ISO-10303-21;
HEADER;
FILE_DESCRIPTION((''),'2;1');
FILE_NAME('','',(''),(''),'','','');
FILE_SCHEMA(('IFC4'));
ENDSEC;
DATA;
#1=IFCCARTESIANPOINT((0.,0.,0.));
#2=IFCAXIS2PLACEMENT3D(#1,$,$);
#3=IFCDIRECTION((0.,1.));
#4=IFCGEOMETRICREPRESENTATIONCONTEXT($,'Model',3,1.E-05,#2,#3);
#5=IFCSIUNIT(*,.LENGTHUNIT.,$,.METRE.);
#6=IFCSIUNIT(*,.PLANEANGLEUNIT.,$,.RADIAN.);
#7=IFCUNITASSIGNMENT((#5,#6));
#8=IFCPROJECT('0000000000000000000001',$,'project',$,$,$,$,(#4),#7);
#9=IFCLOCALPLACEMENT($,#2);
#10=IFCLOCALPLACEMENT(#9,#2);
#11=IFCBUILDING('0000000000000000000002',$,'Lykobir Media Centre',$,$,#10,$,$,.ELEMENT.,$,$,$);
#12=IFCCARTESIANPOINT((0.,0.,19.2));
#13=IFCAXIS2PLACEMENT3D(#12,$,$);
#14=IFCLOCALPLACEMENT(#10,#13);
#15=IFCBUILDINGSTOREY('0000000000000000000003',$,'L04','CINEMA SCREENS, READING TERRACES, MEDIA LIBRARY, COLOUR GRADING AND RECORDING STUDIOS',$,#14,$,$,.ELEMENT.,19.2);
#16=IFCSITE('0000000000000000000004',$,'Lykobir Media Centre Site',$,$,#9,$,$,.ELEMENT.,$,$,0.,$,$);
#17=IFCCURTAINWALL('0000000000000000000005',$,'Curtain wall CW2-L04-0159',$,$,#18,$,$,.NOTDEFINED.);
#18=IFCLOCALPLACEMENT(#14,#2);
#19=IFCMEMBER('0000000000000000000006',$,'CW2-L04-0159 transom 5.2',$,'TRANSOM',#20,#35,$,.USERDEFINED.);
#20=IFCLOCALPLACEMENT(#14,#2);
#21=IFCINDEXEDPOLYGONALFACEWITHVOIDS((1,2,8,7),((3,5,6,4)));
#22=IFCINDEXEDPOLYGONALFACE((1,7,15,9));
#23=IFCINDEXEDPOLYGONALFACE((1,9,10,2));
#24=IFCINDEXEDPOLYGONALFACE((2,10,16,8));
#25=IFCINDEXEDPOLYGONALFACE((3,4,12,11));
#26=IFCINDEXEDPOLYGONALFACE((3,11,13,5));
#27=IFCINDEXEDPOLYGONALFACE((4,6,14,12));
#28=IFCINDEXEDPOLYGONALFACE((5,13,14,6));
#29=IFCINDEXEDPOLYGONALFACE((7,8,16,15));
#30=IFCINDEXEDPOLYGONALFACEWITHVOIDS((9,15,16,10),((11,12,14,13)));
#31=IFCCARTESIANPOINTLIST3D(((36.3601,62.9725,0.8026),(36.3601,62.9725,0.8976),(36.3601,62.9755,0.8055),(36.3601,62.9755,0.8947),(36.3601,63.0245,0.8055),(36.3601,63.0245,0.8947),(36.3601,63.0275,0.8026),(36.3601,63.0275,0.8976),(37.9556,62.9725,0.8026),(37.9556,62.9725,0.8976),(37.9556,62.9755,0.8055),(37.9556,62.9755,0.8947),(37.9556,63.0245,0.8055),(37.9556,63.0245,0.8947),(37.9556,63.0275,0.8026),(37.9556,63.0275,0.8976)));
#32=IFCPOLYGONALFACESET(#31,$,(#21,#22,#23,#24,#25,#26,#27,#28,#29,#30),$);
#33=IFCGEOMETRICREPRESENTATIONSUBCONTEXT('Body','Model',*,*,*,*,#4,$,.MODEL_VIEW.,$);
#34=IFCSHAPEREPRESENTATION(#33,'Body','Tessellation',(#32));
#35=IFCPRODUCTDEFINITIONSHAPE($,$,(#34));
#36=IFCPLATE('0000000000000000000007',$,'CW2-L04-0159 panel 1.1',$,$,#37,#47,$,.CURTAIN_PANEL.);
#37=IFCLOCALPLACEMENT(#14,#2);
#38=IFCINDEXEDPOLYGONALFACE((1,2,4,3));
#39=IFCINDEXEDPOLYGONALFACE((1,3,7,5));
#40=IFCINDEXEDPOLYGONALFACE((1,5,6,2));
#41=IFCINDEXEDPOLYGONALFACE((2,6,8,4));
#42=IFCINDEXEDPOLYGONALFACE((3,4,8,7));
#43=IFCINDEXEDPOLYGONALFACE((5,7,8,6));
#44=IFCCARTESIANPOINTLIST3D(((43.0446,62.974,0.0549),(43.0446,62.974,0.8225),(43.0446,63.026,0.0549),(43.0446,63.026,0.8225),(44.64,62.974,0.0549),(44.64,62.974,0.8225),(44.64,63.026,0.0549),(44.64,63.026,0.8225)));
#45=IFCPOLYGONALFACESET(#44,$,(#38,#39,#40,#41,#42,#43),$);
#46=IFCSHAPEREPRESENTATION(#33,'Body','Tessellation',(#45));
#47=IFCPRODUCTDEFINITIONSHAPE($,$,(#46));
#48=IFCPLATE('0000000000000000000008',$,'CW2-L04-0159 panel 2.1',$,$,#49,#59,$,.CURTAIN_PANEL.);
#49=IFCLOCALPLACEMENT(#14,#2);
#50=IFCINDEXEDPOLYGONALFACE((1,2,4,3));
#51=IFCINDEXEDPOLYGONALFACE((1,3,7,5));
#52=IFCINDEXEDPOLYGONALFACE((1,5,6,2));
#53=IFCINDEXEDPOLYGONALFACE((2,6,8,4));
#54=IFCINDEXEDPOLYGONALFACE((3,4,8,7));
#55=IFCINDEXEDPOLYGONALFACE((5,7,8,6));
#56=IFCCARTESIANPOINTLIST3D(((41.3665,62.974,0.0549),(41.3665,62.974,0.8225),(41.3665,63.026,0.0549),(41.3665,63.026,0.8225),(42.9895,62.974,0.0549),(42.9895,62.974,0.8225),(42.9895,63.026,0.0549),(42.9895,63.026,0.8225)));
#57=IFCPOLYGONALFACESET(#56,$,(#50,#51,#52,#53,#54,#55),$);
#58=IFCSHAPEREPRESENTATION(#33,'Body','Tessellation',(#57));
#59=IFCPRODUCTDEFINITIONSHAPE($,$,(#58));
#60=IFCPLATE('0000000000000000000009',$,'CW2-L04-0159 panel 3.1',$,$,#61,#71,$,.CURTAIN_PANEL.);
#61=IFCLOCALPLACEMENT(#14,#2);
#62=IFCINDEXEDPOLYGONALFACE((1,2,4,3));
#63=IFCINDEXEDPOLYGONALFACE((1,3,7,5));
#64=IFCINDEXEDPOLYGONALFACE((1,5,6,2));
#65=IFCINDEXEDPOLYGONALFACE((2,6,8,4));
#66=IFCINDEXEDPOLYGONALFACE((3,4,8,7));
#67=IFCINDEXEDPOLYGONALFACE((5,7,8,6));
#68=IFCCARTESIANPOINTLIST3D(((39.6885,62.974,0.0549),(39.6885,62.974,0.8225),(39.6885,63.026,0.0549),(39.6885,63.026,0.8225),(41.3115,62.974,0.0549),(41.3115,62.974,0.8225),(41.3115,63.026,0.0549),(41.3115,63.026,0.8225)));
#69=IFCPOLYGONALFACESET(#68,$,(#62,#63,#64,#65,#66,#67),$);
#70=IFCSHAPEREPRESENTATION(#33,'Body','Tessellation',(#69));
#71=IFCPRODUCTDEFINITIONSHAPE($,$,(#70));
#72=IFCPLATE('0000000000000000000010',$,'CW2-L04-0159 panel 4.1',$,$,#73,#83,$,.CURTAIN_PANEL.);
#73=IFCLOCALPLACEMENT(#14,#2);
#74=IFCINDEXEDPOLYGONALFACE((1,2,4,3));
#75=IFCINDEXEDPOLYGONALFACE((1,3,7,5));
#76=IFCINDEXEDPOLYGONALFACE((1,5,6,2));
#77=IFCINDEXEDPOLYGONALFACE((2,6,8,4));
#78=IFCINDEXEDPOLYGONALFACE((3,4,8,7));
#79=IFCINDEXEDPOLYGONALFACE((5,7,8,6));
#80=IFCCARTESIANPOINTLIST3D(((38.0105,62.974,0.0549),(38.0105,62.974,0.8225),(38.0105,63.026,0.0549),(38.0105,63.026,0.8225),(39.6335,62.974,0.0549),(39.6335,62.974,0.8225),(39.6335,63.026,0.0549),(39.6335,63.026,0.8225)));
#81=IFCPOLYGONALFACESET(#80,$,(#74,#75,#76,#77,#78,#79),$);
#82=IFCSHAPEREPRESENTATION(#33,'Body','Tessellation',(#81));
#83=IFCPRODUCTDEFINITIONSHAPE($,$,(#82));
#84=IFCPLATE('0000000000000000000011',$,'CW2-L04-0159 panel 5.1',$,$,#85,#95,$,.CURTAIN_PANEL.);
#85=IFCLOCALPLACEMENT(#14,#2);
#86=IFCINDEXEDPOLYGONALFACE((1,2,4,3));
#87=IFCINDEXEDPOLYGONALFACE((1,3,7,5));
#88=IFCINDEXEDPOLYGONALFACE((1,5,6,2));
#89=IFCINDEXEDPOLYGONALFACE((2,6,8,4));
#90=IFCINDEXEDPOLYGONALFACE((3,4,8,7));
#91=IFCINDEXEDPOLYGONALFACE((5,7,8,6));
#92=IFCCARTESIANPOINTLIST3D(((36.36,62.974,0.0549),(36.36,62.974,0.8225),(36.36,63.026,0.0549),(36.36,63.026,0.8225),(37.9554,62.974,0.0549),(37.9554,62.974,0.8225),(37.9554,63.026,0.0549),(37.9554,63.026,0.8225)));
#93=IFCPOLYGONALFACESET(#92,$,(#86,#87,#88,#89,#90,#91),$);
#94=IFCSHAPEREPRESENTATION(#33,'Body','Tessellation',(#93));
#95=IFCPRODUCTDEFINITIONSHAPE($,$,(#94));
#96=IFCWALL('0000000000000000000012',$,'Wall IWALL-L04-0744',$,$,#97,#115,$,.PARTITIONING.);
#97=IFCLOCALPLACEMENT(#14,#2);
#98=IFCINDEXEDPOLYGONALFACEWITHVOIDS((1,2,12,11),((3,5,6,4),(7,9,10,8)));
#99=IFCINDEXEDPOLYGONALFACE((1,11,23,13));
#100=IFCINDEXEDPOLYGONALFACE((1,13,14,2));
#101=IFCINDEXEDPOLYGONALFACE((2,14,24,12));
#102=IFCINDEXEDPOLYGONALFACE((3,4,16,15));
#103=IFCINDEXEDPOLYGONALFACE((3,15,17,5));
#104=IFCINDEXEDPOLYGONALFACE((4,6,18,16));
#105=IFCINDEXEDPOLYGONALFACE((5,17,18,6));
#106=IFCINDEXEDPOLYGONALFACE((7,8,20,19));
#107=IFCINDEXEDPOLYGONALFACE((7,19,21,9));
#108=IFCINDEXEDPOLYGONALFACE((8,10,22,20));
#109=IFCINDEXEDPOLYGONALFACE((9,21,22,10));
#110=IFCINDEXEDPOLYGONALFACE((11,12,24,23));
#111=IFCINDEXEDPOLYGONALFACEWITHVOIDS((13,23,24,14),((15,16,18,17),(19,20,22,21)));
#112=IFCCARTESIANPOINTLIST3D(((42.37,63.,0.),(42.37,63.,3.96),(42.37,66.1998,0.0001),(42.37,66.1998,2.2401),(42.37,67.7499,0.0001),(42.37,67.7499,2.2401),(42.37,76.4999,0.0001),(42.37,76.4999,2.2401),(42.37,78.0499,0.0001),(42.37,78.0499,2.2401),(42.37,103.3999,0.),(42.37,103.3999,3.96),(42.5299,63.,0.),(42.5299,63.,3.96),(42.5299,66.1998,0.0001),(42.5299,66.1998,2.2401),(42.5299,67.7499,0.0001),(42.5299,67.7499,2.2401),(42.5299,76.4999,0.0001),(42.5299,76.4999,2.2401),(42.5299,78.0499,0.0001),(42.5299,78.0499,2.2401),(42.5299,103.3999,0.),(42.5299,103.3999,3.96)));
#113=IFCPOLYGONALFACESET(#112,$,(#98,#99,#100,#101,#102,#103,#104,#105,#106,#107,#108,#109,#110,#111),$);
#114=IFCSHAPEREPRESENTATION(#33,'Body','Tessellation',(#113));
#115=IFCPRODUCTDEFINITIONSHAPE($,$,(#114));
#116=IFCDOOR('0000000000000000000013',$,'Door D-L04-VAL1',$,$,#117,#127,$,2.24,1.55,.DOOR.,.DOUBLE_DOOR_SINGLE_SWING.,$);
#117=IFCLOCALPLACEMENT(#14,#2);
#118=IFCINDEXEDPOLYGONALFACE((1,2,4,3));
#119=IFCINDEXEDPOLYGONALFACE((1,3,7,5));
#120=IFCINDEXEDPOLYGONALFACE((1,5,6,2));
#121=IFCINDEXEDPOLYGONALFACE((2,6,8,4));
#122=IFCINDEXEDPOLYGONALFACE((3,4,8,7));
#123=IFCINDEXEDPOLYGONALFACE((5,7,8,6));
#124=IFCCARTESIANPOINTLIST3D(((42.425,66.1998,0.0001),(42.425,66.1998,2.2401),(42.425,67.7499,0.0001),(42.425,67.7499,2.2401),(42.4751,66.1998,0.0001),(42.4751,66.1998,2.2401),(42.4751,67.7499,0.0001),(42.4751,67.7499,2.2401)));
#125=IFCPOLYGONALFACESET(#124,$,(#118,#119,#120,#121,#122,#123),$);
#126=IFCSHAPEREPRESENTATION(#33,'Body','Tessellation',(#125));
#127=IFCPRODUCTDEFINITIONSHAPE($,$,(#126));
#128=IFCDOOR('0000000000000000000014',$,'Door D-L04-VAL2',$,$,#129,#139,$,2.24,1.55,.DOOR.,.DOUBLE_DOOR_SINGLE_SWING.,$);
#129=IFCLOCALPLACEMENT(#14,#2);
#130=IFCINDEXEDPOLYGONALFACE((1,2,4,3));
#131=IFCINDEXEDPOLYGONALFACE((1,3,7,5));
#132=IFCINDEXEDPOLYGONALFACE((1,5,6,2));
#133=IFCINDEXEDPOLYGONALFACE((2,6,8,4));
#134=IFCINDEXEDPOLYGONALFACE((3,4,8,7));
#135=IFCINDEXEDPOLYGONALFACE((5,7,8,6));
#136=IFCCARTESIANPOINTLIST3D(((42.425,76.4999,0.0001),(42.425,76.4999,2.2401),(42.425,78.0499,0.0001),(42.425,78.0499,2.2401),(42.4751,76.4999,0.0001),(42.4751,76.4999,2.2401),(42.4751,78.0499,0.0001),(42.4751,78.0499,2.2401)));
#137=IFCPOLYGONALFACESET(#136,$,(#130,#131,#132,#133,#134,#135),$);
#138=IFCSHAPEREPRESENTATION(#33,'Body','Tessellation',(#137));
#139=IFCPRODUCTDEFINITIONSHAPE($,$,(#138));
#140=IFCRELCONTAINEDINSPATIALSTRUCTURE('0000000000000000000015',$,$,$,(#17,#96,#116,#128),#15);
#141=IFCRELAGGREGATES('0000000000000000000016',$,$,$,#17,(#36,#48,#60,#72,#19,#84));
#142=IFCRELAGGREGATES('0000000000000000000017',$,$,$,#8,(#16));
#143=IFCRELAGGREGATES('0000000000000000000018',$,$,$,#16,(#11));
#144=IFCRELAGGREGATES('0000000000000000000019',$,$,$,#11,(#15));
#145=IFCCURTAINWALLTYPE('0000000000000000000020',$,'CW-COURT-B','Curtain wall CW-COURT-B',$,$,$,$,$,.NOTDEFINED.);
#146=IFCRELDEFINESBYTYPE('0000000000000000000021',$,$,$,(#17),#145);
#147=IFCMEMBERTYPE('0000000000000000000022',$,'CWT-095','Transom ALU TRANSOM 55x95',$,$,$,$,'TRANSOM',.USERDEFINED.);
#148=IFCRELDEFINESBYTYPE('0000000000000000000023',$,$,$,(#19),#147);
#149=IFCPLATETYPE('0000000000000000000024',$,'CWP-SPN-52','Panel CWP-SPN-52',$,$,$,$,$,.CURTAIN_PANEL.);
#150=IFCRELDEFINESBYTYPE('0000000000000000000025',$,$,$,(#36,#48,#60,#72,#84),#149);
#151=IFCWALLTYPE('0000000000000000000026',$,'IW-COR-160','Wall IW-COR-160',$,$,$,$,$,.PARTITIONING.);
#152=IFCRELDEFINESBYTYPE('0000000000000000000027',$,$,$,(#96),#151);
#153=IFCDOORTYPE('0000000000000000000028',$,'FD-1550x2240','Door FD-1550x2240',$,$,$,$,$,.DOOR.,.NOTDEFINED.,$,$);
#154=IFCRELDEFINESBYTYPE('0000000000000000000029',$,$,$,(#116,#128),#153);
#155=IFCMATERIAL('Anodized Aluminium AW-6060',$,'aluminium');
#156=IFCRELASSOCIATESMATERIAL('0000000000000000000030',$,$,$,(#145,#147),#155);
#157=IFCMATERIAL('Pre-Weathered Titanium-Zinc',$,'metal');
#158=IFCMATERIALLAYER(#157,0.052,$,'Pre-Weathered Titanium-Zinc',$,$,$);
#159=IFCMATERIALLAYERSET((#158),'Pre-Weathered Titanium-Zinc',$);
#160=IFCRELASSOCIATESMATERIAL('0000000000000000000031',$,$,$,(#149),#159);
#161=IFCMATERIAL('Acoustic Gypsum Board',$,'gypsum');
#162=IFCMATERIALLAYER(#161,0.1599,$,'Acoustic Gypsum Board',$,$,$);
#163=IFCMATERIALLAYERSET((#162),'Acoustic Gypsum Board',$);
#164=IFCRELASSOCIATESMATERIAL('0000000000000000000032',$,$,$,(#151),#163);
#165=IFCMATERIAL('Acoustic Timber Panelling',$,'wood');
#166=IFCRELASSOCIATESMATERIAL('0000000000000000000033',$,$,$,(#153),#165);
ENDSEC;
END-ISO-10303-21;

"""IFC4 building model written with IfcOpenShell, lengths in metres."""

from ifc_helpers import new_model, si_unit, direction, frame, frame_2d, origin, origin_2d, place, context, subcontext, project, spatial, rectangle, hollow_rectangle, extrude, material, layer, layer_set, material_profile, profile_set, type_object, element, fill, aggregate, save


model = new_model("IFC4")

# Units and contexts
model_context = context("Model", 3, precision=1e-05, world=origin(), true_north=direction((0.0, 1.0)))
body_context = subcontext(model_context, "Body", "Model", "MODEL_VIEW")
ifc_project = project(units=[si_unit("LENGTHUNIT", "METRE"), si_unit("PLANEANGLEUNIT", "RADIAN")], contexts=[model_context])

# Site, building, storey
site_placement = place(None, origin())
site = spatial("IfcSite", under=ifc_project, at=site_placement, Name="Lykobir Media Centre Site", CompositionType="ELEMENT", RefElevation=0.0)
building_placement = place(site_placement, origin())
building = spatial("IfcBuilding", under=site, at=building_placement, Name="Lykobir Media Centre", CompositionType="ELEMENT")
storey_placement = place(building_placement, frame((0.0, 0.0, 19.2)))
storey = spatial("IfcBuildingStorey", under=building, at=storey_placement, Name="L04", Description="CINEMA SCREENS, READING TERRACES, MEDIA LIBRARY, COLOUR GRADING AND RECORDING STUDIOS", CompositionType="ELEMENT", Elevation=19.2)

# Curtain wall, member, plates
ifc_material_1 = material(Name="Anodized Aluminium AW-6060", Category="aluminium")
curtain_wall_type = type_object("IfcCurtainWallType", Name="CW-COURT-B", Description="Curtain wall CW-COURT-B", PredefinedType="NOTDEFINED", material=ifc_material_1)
curtain_wall_placement = place(storey_placement, origin())
curtain_wall = element("IfcCurtainWall", 1, at=curtain_wall_placement, inside=storey, type_object=curtain_wall_type, Name="Curtain wall CW2-L04-0159", PredefinedType="NOTDEFINED")
ifc_material_profile_1 = material_profile(ifc_material_1, hollow_rectangle(XDim=0.0549, YDim=0.095, WallThickness=0.0029, at=origin_2d()), Name="ALU TRANSOM 55x95")
ifc_profile_set_1 = profile_set([ifc_material_profile_1], Name="Anodized Aluminium AW-6060")
member_type_1 = type_object("IfcMemberType", Name="CWT-095", Description="Transom ALU TRANSOM 55x95", ElementType="TRANSOM", PredefinedType="USERDEFINED", material=ifc_profile_set_1)
member_1_placement = place(storey_placement, frame((37.9556, 63.0, 0.8501), z_axis=(-1.0, 0.0, 0.0), x_axis=(0.0, -1.0, 0.0)))
member_1 = element("IfcMember", 2, at=member_1_placement, type_object=member_type_1, Name="CW2-L04-0159 transom 5.2", ObjectType="TRANSOM", PredefinedType="USERDEFINED", context=body_context, shape_type="SweptSolid", body=[
    extrude(hollow_rectangle(XDim=0.0549, YDim=0.095, WallThickness=0.0029, at=origin_2d()), origin(), (0.0, 0.0, 1.0), 1.5955),
])
ifc_material_2 = material(Name="Pre-Weathered Titanium-Zinc", Category="metal")
ifc_layer_1 = layer(ifc_material_2, 0.052, Name="Pre-Weathered Titanium-Zinc")
ifc_layer_set_1 = layer_set([ifc_layer_1], Name="Pre-Weathered Titanium-Zinc")
plate_type = type_object("IfcPlateType", Name="CWP-SPN-52", Description="Panel CWP-SPN-52", PredefinedType="CURTAIN_PANEL", material=ifc_layer_set_1)
plate_1_placement = place(storey_placement, frame((43.8423, 63.0, 0.0549), z_axis=(0.0, 0.0, 1.0), x_axis=(-1.0, 0.0, 0.0)))
plate_1 = element("IfcPlate", 3, at=plate_1_placement, type_object=plate_type, Name="CW2-L04-0159 panel 1.1", PredefinedType="CURTAIN_PANEL", context=body_context, shape_type="SweptSolid", body=[
    extrude(rectangle(XDim=1.5955, YDim=0.052, at=origin_2d()), origin(), (0.0, 0.0, 1.0), 0.7676),
])
plate_2_placement = place(storey_placement, frame((42.178, 63.0, 0.0549), z_axis=(0.0, 0.0, 1.0), x_axis=(-1.0, 0.0, 0.0)))
plate_2 = element("IfcPlate", 4, at=plate_2_placement, type_object=plate_type, Name="CW2-L04-0159 panel 2.1", PredefinedType="CURTAIN_PANEL", context=body_context, shape_type="SweptSolid", body=[
    extrude(rectangle(XDim=1.623, YDim=0.052, at=origin_2d()), origin(), (0.0, 0.0, 1.0), 0.7676),
])
plate_3_placement = place(storey_placement, frame((40.5, 63.0, 0.0549), z_axis=(0.0, 0.0, 1.0), x_axis=(-1.0, 0.0, 0.0)))
plate_3 = element("IfcPlate", 5, at=plate_3_placement, type_object=plate_type, Name="CW2-L04-0159 panel 3.1", PredefinedType="CURTAIN_PANEL", context=body_context, shape_type="SweptSolid", body=[
    extrude(rectangle(XDim=1.623, YDim=0.052, at=origin_2d()), origin(), (0.0, 0.0, 1.0), 0.7676),
])
plate_4_placement = place(storey_placement, frame((38.822, 63.0, 0.0549), z_axis=(0.0, 0.0, 1.0), x_axis=(-1.0, 0.0, 0.0)))
plate_4 = element("IfcPlate", 6, at=plate_4_placement, type_object=plate_type, Name="CW2-L04-0159 panel 4.1", PredefinedType="CURTAIN_PANEL", context=body_context, shape_type="SweptSolid", body=[
    extrude(rectangle(XDim=1.623, YDim=0.052, at=origin_2d()), origin(), (0.0, 0.0, 1.0), 0.7676),
])
plate_5_placement = place(storey_placement, frame((37.1577, 63.0, 0.0549), z_axis=(0.0, 0.0, 1.0), x_axis=(-1.0, 0.0, 0.0)))
plate_5 = element("IfcPlate", 7, at=plate_5_placement, type_object=plate_type, Name="CW2-L04-0159 panel 5.1", PredefinedType="CURTAIN_PANEL", context=body_context, shape_type="SweptSolid", body=[
    extrude(rectangle(XDim=1.5955, YDim=0.052, at=origin_2d()), origin(), (0.0, 0.0, 1.0), 0.7676),
])
aggregate(curtain_wall, [plate_1, plate_2, plate_3, plate_4, member_1, plate_5])

# Wall, openings, doors
ifc_material_3 = material(Name="Acoustic Gypsum Board", Category="gypsum")
ifc_layer_2 = layer(ifc_material_3, 0.1599, Name="Acoustic Gypsum Board")
ifc_layer_set_2 = layer_set([ifc_layer_2], Name="Acoustic Gypsum Board")
wall_type = type_object("IfcWallType", Name="IW-COR-160", Description="Wall IW-COR-160", PredefinedType="PARTITIONING", material=ifc_layer_set_2)
wall_placement = place(storey_placement, frame((42.45, 63.0, 0.0), z_axis=(0.0, 0.0, 1.0), x_axis=(0.0, 1.0, 0.0)))
wall = element("IfcWall", 8, at=wall_placement, inside=storey, type_object=wall_type, Name="Wall IWALL-L04-0744", PredefinedType="PARTITIONING", context=body_context, shape_type="SweptSolid", body=[
    extrude(rectangle(XDim=40.3999, YDim=0.1599, at=frame_2d((20.2, 0.0))), origin(), (0.0, 0.0, 1.0), 3.96),
])
opening_1_placement = place(wall_placement, frame((3.2, 0.0, 0.0)))
opening_1 = element("IfcOpeningElement", 9, at=opening_1_placement, cuts=wall, PredefinedType="OPENING", context=body_context, shape_type="SweptSolid", body=[
    extrude(rectangle(XDim=1.55, YDim=2.24, at=frame_2d((0.7749, 1.1201))), frame((0.0, 0.0898, 0.0), z_axis=(0.0, -1.0, 0.0), x_axis=(1.0, 0.0, 0.0)), (0.0, 0.0, 1.0), 0.1799),
])
opening_2_placement = place(wall_placement, frame((13.5, 0.0, 0.0)))
opening_2 = element("IfcOpeningElement", 10, at=opening_2_placement, cuts=wall, PredefinedType="OPENING", context=body_context, shape_type="SweptSolid", body=[
    extrude(rectangle(XDim=1.55, YDim=2.24, at=frame_2d((0.7749, 1.1201))), frame((0.0, 0.0898, 0.0), z_axis=(0.0, -1.0, 0.0), x_axis=(1.0, 0.0, 0.0)), (0.0, 0.0, 1.0), 0.1799),
])
ifc_material_4 = material(Name="Acoustic Timber Panelling", Category="wood")
door_type = type_object("IfcDoorType", Name="FD-1550x2240", Description="Door FD-1550x2240", OperationType="NOTDEFINED", PredefinedType="DOOR", material=ifc_material_4)
door_1_placement = place(opening_1_placement, origin())
door_1 = element("IfcDoor", 11, at=door_1_placement, inside=storey, type_object=door_type, Name="Door D-L04-VAL1", OperationType="DOUBLE_DOOR_SINGLE_SWING", OverallHeight=2.24, OverallWidth=1.55, PredefinedType="DOOR", context=body_context, shape_type="SweptSolid", body=[
    extrude(rectangle(XDim=1.55, YDim=2.24, at=frame_2d((0.7749, 1.1201))), frame((0.0, 0.0249, 0.0), z_axis=(0.0, -1.0, 0.0), x_axis=(1.0, 0.0, 0.0)), (0.0, 0.0, 1.0), 0.05),
])
fill(opening_1, door_1)
door_2_placement = place(opening_2_placement, origin())
door_2 = element("IfcDoor", 12, at=door_2_placement, inside=storey, type_object=door_type, Name="Door D-L04-VAL2", OperationType="DOUBLE_DOOR_SINGLE_SWING", OverallHeight=2.24, OverallWidth=1.55, PredefinedType="DOOR", context=body_context, shape_type="SweptSolid", body=[
    extrude(rectangle(XDim=1.55, YDim=2.24, at=frame_2d((0.7749, 1.1201))), frame((0.0, 0.0249, 0.0), z_axis=(0.0, -1.0, 0.0), x_axis=(1.0, 0.0, 0.0)), (0.0, 0.0, 1.0), 0.05),
])
fill(opening_2, door_2)

save(model, "model.ifc")
